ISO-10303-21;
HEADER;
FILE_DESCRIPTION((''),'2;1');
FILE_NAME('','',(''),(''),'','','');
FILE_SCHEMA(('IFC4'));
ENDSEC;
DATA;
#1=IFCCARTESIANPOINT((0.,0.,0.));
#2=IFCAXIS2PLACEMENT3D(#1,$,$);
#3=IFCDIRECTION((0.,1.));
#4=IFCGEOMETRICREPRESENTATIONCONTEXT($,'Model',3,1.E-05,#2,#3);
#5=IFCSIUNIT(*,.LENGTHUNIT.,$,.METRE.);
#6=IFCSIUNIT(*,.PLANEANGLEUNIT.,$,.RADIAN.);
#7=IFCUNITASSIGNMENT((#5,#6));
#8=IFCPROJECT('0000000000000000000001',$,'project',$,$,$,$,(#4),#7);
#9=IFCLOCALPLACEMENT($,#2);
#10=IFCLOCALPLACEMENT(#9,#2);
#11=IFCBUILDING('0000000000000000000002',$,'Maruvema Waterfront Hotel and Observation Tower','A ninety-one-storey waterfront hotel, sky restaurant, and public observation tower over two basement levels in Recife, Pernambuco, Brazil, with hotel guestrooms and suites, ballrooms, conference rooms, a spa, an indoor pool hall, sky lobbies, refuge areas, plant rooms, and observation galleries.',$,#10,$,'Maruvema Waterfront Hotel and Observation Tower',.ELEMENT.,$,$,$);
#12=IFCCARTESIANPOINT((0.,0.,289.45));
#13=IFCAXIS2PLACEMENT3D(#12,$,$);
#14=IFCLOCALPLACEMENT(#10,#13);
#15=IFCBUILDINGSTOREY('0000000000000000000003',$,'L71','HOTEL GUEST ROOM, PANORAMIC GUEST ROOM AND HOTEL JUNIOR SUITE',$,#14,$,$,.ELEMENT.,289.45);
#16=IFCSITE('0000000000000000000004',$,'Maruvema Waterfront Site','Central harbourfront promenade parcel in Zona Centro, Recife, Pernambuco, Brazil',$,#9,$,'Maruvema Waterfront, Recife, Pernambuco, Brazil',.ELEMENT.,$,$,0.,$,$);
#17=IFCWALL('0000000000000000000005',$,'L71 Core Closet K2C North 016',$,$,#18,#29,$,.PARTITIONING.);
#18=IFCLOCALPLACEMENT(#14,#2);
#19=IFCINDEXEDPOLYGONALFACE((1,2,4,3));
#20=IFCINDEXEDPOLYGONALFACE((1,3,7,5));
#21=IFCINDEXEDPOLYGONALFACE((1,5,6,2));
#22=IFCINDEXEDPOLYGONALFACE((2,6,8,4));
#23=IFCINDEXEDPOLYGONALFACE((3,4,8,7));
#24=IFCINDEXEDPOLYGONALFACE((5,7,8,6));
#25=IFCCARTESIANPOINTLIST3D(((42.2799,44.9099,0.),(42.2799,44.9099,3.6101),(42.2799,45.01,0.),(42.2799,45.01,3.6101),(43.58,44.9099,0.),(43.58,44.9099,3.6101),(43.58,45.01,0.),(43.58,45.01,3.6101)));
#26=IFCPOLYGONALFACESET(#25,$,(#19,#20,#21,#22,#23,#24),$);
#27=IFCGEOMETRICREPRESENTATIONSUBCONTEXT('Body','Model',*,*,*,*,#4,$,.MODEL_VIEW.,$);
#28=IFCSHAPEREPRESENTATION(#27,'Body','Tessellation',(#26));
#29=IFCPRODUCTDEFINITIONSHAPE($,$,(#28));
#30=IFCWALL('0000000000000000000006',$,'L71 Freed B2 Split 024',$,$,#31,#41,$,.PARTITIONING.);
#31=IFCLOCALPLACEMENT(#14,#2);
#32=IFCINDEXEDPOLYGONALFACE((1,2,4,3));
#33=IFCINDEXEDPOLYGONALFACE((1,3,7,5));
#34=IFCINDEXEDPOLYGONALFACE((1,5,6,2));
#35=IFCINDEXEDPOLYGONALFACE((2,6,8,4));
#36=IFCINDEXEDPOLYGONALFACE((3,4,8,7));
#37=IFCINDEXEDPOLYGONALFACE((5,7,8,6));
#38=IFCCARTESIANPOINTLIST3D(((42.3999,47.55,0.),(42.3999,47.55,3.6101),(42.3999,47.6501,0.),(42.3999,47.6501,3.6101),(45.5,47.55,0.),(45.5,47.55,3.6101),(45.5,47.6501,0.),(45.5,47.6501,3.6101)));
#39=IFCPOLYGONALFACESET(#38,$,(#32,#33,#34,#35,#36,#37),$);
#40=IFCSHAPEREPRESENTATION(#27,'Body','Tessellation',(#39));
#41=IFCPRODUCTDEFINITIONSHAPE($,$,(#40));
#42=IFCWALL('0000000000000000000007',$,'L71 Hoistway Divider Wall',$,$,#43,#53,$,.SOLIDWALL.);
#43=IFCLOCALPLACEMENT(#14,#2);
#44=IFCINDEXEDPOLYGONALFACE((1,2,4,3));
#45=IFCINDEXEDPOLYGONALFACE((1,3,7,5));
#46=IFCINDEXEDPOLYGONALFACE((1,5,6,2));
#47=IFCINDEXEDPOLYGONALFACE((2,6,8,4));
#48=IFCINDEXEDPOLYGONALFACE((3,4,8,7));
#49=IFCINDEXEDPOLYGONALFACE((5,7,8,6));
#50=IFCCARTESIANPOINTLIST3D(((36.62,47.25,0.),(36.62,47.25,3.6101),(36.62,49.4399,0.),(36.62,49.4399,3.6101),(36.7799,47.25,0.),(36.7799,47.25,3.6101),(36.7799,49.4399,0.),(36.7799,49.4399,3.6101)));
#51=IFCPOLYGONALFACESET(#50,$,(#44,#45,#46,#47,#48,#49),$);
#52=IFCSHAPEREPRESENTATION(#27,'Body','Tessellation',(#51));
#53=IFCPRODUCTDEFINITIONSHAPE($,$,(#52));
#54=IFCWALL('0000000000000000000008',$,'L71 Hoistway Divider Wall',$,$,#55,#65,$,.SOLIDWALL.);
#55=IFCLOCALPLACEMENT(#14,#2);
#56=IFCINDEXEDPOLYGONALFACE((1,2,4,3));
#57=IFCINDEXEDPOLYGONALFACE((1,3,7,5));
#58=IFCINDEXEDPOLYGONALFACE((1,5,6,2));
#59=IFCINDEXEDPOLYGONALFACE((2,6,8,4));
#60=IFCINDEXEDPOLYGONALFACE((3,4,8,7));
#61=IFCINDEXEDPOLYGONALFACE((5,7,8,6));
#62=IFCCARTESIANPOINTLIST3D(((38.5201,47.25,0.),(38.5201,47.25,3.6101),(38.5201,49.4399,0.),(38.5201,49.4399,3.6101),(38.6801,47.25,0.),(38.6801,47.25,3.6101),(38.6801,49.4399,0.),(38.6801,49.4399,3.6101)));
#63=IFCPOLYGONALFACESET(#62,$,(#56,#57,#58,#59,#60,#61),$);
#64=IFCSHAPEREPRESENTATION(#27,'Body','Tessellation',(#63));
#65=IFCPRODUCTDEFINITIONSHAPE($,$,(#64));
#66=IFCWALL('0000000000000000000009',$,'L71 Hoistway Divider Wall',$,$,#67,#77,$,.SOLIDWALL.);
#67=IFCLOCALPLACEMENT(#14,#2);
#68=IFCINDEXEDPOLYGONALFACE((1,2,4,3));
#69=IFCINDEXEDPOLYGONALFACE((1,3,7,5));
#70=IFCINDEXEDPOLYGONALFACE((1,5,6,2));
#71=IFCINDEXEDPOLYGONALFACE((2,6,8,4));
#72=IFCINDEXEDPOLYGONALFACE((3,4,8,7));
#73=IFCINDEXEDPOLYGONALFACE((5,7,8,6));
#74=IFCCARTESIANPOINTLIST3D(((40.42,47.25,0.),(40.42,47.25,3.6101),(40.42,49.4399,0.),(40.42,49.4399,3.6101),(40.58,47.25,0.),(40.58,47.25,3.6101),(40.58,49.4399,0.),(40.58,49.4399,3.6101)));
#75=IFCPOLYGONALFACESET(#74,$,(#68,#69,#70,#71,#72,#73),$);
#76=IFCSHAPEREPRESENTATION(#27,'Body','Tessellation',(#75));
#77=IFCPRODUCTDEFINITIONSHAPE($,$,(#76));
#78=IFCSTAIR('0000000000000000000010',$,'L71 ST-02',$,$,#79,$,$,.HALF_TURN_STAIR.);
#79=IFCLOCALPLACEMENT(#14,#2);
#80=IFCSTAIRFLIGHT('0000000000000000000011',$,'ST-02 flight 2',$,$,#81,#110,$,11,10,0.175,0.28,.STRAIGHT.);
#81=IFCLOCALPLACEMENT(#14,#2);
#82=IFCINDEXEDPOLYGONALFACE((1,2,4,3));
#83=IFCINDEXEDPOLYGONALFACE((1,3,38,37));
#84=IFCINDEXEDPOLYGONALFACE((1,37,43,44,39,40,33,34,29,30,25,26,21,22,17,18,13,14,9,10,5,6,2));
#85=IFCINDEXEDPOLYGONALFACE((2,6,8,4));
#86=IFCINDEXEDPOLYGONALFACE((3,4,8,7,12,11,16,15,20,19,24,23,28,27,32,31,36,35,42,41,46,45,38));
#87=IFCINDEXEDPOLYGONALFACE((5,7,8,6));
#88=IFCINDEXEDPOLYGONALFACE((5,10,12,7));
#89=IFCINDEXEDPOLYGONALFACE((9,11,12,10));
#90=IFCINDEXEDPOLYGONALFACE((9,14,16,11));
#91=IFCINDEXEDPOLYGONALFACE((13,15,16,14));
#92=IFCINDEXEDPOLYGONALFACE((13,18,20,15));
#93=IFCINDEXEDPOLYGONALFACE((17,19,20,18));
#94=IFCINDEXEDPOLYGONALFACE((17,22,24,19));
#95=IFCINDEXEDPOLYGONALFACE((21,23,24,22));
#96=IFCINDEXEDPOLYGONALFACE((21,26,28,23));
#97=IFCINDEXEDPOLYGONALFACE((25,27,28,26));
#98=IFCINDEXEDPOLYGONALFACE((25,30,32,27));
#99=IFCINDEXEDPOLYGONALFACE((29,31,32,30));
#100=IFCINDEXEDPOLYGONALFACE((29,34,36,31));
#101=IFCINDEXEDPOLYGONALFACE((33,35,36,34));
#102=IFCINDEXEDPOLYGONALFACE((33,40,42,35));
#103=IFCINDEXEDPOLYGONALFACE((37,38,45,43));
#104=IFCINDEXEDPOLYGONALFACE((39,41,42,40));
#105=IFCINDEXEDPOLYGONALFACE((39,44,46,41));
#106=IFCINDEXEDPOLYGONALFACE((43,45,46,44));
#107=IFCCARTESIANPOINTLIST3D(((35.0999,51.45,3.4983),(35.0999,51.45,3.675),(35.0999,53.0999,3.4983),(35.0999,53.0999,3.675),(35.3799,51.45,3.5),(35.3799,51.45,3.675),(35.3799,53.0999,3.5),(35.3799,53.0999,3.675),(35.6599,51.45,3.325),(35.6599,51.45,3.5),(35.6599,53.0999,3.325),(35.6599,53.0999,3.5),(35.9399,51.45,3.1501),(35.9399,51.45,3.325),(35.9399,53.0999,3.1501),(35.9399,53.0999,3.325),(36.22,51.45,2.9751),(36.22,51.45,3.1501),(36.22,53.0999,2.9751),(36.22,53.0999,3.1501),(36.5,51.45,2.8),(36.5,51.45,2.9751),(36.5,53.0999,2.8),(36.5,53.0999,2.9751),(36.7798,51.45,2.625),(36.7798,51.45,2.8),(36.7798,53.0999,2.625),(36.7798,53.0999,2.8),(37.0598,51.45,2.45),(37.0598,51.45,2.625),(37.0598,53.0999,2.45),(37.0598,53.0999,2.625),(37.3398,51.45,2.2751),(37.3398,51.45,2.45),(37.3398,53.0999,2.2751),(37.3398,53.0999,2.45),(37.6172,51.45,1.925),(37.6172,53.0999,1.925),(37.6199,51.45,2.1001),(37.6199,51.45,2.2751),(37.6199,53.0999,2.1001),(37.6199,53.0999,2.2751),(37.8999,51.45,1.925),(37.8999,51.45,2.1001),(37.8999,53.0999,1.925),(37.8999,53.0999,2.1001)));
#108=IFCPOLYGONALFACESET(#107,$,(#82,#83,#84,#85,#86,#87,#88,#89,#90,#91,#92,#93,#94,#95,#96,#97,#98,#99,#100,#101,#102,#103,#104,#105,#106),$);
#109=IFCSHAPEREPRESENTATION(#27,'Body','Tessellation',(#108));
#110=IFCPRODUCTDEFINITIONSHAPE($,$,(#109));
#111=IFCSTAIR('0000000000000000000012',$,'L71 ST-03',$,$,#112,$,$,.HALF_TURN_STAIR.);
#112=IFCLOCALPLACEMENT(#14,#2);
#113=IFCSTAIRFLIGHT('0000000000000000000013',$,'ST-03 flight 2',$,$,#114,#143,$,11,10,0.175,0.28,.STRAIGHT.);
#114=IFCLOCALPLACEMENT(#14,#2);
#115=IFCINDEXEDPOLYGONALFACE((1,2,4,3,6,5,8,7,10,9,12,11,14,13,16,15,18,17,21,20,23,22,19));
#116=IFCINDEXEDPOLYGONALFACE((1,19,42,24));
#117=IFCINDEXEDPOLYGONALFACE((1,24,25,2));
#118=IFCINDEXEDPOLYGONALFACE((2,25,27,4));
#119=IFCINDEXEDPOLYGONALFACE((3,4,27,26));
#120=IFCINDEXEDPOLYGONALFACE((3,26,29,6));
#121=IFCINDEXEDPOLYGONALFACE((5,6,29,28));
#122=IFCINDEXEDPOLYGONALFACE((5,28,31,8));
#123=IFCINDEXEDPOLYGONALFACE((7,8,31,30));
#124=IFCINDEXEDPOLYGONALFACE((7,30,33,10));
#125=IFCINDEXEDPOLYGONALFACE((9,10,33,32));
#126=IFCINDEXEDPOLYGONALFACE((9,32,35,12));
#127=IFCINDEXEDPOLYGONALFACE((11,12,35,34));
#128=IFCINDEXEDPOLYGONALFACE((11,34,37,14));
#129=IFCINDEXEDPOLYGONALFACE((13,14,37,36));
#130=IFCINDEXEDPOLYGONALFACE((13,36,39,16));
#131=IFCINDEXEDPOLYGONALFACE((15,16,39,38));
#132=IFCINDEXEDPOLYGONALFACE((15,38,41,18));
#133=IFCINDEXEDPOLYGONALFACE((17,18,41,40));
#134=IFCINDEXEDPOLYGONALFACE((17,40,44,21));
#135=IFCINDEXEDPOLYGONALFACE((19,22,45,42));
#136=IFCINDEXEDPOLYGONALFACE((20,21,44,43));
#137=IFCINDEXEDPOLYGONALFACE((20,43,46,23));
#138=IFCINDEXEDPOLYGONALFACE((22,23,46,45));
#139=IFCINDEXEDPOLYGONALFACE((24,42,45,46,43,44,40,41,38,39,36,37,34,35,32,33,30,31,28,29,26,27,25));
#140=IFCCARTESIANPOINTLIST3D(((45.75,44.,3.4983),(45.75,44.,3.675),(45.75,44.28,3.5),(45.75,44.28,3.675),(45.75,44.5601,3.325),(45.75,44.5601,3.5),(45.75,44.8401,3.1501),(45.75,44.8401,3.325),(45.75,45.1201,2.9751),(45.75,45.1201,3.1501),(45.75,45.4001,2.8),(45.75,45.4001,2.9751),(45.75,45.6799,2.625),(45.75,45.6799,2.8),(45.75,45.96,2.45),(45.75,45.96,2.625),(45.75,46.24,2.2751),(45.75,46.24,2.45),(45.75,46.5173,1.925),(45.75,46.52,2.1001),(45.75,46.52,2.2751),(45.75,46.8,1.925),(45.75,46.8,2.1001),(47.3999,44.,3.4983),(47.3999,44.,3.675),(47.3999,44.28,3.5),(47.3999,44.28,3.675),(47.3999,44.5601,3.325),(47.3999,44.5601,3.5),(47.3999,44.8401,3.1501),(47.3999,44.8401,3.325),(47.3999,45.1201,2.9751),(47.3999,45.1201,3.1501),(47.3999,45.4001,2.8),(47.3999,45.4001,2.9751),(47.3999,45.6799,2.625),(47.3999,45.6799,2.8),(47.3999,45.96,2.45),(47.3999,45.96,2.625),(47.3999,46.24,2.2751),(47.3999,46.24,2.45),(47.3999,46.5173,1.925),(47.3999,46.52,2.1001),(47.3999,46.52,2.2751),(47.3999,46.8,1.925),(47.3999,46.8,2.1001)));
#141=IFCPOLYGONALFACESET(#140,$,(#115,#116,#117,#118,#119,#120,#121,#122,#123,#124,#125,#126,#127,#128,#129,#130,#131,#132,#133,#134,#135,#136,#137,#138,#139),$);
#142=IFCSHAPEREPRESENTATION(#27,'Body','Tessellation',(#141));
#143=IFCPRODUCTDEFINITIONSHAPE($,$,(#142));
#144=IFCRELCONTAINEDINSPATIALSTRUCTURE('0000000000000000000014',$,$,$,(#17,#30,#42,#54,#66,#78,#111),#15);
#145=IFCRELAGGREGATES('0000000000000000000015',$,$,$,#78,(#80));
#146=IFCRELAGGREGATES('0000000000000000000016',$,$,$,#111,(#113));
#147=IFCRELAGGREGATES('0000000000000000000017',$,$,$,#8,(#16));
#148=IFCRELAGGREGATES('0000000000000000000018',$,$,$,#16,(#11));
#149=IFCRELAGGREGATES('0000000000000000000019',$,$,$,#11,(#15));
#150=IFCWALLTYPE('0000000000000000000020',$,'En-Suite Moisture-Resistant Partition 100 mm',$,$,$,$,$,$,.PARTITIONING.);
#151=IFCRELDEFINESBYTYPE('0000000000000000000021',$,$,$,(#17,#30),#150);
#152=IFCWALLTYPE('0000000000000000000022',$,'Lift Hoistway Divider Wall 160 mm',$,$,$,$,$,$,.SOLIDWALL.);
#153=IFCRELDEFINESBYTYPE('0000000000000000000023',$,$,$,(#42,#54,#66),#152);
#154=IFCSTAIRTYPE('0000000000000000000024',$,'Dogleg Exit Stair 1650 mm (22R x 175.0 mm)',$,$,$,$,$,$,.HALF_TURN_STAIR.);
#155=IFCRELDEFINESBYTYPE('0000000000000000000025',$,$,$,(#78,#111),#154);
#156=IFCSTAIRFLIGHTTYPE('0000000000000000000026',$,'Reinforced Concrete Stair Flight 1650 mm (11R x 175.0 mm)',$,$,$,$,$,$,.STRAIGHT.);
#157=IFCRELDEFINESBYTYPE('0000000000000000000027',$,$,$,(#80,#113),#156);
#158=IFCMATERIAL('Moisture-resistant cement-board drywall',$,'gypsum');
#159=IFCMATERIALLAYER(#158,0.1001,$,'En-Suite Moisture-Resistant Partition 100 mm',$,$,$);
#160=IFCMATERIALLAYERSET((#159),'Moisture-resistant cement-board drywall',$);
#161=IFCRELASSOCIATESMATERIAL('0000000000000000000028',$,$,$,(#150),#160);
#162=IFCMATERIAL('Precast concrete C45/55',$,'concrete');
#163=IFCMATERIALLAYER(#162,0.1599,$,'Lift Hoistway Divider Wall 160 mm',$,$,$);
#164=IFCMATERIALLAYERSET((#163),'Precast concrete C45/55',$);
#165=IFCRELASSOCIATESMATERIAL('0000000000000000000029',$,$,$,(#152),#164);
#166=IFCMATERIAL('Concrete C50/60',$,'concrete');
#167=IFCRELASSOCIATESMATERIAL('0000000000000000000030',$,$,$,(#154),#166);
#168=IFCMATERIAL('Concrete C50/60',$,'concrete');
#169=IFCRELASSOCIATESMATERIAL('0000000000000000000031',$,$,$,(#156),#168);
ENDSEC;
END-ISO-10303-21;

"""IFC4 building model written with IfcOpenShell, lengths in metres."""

from ifc_helpers import new_model, si_unit, direction, frame, frame_2d, origin, place, context, subcontext, project, spatial, polyline, rectangle, outline, extrude, material, layer, layer_set, type_object, element, aggregate, save


model = new_model("IFC4")

# Units and contexts
model_context = context("Model", 3, precision=1e-05, world=origin(), true_north=direction((0.0, 1.0)))
body_context = subcontext(model_context, "Body", "Model", "MODEL_VIEW")
ifc_project = project(units=[si_unit("LENGTHUNIT", "METRE"), si_unit("PLANEANGLEUNIT", "RADIAN")], contexts=[model_context])

# Site, building, storey
site_placement = place(None, origin())
site = spatial("IfcSite", under=ifc_project, at=site_placement, Name="Maruvema Waterfront Site", Description="Central harbourfront promenade parcel in Zona Centro, Recife, Pernambuco, Brazil", LongName="Maruvema Waterfront, Recife, Pernambuco, Brazil", CompositionType="ELEMENT", RefElevation=0.0)
building_placement = place(site_placement, origin())
building = spatial("IfcBuilding", under=site, at=building_placement, Name="Maruvema Waterfront Hotel and Observation Tower", Description="A ninety-one-storey waterfront hotel, sky restaurant, and public observation tower over two basement levels in Recife, Pernambuco, Brazil, with hotel guestrooms and suites, ballrooms, conference rooms, a spa, an indoor pool hall, sky lobbies, refuge areas, plant rooms, and observation galleries.", LongName="Maruvema Waterfront Hotel and Observation Tower", CompositionType="ELEMENT")
storey_placement = place(building_placement, frame((0.0, 0.0, 289.45)))
storey = spatial("IfcBuildingStorey", under=building, at=storey_placement, Name="L71", Description="HOTEL GUEST ROOM, PANORAMIC GUEST ROOM AND HOTEL JUNIOR SUITE", CompositionType="ELEMENT", Elevation=289.45)

# Shared definitions
ifc_material_1 = material(Name="Moisture-resistant cement-board drywall", Category="gypsum")
ifc_layer_1 = layer(ifc_material_1, 0.1001, Name="En-Suite Moisture-Resistant Partition 100 mm")
ifc_layer_set_1 = layer_set([ifc_layer_1], Name="Moisture-resistant cement-board drywall")
wall_type_1 = type_object("IfcWallType", Name="En-Suite Moisture-Resistant Partition 100 mm", PredefinedType="PARTITIONING", material=ifc_layer_set_1)

# Walls
wall_1_placement = place(storey_placement, frame((42.28, 44.96, 0.0), z_axis=(0.0, 0.0, 1.0), x_axis=(1.0, 0.0, 0.0)))
element("IfcWall", 1, at=wall_1_placement, inside=storey, type_object=wall_type_1, Name="L71 Core Closet K2C North 016", PredefinedType="PARTITIONING", context=body_context, shape_type="SweptSolid", body=[
    extrude(rectangle(XDim=1.3, YDim=0.1001, at=frame_2d((0.6499, 0.0))), origin(), (0.0, 0.0, 1.0), 3.6101),
])
wall_2_placement = place(storey_placement, frame((42.3999, 47.6001, 0.0), z_axis=(0.0, 0.0, 1.0), x_axis=(1.0, 0.0, 0.0)))
element("IfcWall", 2, at=wall_2_placement, inside=storey, type_object=wall_type_1, Name="L71 Freed B2 Split 024", PredefinedType="PARTITIONING", context=body_context, shape_type="SweptSolid", body=[
    extrude(rectangle(XDim=3.1001, YDim=0.1001, at=frame_2d((1.55, 0.0))), origin(), (0.0, 0.0, 1.0), 3.6101),
])
ifc_material_2 = material(Name="Precast concrete C45/55", Category="concrete")
ifc_layer_2 = layer(ifc_material_2, 0.1599, Name="Lift Hoistway Divider Wall 160 mm")
ifc_layer_set_2 = layer_set([ifc_layer_2], Name="Precast concrete C45/55")
wall_type_2 = type_object("IfcWallType", Name="Lift Hoistway Divider Wall 160 mm", PredefinedType="SOLIDWALL", material=ifc_layer_set_2)
for number, where, z_axis, x_axis, name in (
    (3, (36.7, 47.25, 0.0), (0.0, 0.0, 1.0), (0.0, 1.0, 0.0), "L71 Hoistway Divider Wall"),
    (4, (38.6001, 47.25, 0.0), (0.0, 0.0, 1.0), (0.0, 1.0, 0.0), "L71 Hoistway Divider Wall"),
    (5, (40.5, 47.25, 0.0), (0.0, 0.0, 1.0), (0.0, 1.0, 0.0), "L71 Hoistway Divider Wall"),
):
    element("IfcWall", number, at=place(storey_placement, frame(where, z_axis=z_axis, x_axis=x_axis)), inside=storey, type_object=wall_type_2, Name=name, PredefinedType="SOLIDWALL", context=body_context, shape_type="SweptSolid", body=[
        extrude(rectangle(XDim=2.1899, YDim=0.1599, at=frame_2d((1.095, 0.0))), origin(), (0.0, 0.0, 1.0), 3.6101),
    ])

# Stairs, stair flights
ifc_material_3 = material(Name="Concrete C50/60", Category="concrete")
stair_type = type_object("IfcStairType", Name="Dogleg Exit Stair 1650 mm (22R x 175.0 mm)", PredefinedType="HALF_TURN_STAIR", material=ifc_material_3)
stair_1_placement = place(storey_placement, origin())
stair_1 = element("IfcStair", 6, at=stair_1_placement, inside=storey, type_object=stair_type, Name="L71 ST-02", PredefinedType="HALF_TURN_STAIR")
ifc_material_4 = material(Name="Concrete C50/60", Category="concrete")
stair_flight_type = type_object("IfcStairFlightType", Name="Reinforced Concrete Stair Flight 1650 mm (11R x 175.0 mm)", PredefinedType="STRAIGHT", material=ifc_material_4)
stair_flight_1_placement = place(storey_placement, frame((37.8999, 52.2749, 1.925), z_axis=(0.0, 0.0, 1.0), x_axis=(-1.0, 0.0, 0.0)))
stair_flight_1 = element("IfcStairFlight", 7, at=stair_flight_1_placement, type_object=stair_flight_type, Name="ST-02 flight 2", NumberOfRisers=11, NumberOfTreads=10, PredefinedType="STRAIGHT", RiserHeight=0.175, TreadLength=0.28, context=body_context, shape_type="SweptSolid", body=[
    extrude(outline(polyline([(0.0, 0.0), (0.0, 0.175), (0.28, 0.175), (0.28, 0.3501), (0.5601, 0.3501), (0.5601, 0.5249), (0.8401, 0.5249), (0.8401, 0.7), (1.1201, 0.7), (1.1201, 0.875), (1.3999, 0.875), (1.3999, 1.05), (1.6799, 1.05), (1.6799, 1.2251), (1.96, 1.2251), (1.96, 1.3999), (2.24, 1.3999), (2.24, 1.575), (2.52, 1.575), (2.52, 1.75), (2.8, 1.75), (2.8, 1.925), (2.8, 1.5732), (0.2827, 0.0), (0.0, 0.0)])), frame((0.0, 0.825, 0.0), z_axis=(0.0, -1.0, 0.0), x_axis=(1.0, 0.0, 0.0)), (0.0, 0.0, 1.0), 1.6499),
])
aggregate(stair_1, [stair_flight_1])
stair_2_placement = place(storey_placement, origin())
stair_2 = element("IfcStair", 8, at=stair_2_placement, inside=storey, type_object=stair_type, Name="L71 ST-03", PredefinedType="HALF_TURN_STAIR")
stair_flight_2_placement = place(storey_placement, frame((46.575, 46.8, 1.925), z_axis=(0.0, 0.0, 1.0), x_axis=(0.0, -1.0, 0.0)))
stair_flight_2 = element("IfcStairFlight", 9, at=stair_flight_2_placement, type_object=stair_flight_type, Name="ST-03 flight 2", NumberOfRisers=11, NumberOfTreads=10, PredefinedType="STRAIGHT", RiserHeight=0.175, TreadLength=0.28, context=body_context, shape_type="SweptSolid", body=[
    extrude(outline(polyline([(0.0, 0.0), (0.0, 0.175), (0.28, 0.175), (0.28, 0.3501), (0.5601, 0.3501), (0.5601, 0.5249), (0.8401, 0.5249), (0.8401, 0.7), (1.1201, 0.7), (1.1201, 0.875), (1.3999, 0.875), (1.3999, 1.05), (1.6799, 1.05), (1.6799, 1.2251), (1.96, 1.2251), (1.96, 1.3999), (2.24, 1.3999), (2.24, 1.575), (2.52, 1.575), (2.52, 1.75), (2.8, 1.75), (2.8, 1.925), (2.8, 1.5732), (0.2827, 0.0), (0.0, 0.0)])), frame((0.0, 0.825, 0.0), z_axis=(0.0, -1.0, 0.0), x_axis=(1.0, 0.0, 0.0)), (0.0, 0.0, 1.0), 1.6499),
])
aggregate(stair_2, [stair_flight_2])

save(model, "model.ifc")
